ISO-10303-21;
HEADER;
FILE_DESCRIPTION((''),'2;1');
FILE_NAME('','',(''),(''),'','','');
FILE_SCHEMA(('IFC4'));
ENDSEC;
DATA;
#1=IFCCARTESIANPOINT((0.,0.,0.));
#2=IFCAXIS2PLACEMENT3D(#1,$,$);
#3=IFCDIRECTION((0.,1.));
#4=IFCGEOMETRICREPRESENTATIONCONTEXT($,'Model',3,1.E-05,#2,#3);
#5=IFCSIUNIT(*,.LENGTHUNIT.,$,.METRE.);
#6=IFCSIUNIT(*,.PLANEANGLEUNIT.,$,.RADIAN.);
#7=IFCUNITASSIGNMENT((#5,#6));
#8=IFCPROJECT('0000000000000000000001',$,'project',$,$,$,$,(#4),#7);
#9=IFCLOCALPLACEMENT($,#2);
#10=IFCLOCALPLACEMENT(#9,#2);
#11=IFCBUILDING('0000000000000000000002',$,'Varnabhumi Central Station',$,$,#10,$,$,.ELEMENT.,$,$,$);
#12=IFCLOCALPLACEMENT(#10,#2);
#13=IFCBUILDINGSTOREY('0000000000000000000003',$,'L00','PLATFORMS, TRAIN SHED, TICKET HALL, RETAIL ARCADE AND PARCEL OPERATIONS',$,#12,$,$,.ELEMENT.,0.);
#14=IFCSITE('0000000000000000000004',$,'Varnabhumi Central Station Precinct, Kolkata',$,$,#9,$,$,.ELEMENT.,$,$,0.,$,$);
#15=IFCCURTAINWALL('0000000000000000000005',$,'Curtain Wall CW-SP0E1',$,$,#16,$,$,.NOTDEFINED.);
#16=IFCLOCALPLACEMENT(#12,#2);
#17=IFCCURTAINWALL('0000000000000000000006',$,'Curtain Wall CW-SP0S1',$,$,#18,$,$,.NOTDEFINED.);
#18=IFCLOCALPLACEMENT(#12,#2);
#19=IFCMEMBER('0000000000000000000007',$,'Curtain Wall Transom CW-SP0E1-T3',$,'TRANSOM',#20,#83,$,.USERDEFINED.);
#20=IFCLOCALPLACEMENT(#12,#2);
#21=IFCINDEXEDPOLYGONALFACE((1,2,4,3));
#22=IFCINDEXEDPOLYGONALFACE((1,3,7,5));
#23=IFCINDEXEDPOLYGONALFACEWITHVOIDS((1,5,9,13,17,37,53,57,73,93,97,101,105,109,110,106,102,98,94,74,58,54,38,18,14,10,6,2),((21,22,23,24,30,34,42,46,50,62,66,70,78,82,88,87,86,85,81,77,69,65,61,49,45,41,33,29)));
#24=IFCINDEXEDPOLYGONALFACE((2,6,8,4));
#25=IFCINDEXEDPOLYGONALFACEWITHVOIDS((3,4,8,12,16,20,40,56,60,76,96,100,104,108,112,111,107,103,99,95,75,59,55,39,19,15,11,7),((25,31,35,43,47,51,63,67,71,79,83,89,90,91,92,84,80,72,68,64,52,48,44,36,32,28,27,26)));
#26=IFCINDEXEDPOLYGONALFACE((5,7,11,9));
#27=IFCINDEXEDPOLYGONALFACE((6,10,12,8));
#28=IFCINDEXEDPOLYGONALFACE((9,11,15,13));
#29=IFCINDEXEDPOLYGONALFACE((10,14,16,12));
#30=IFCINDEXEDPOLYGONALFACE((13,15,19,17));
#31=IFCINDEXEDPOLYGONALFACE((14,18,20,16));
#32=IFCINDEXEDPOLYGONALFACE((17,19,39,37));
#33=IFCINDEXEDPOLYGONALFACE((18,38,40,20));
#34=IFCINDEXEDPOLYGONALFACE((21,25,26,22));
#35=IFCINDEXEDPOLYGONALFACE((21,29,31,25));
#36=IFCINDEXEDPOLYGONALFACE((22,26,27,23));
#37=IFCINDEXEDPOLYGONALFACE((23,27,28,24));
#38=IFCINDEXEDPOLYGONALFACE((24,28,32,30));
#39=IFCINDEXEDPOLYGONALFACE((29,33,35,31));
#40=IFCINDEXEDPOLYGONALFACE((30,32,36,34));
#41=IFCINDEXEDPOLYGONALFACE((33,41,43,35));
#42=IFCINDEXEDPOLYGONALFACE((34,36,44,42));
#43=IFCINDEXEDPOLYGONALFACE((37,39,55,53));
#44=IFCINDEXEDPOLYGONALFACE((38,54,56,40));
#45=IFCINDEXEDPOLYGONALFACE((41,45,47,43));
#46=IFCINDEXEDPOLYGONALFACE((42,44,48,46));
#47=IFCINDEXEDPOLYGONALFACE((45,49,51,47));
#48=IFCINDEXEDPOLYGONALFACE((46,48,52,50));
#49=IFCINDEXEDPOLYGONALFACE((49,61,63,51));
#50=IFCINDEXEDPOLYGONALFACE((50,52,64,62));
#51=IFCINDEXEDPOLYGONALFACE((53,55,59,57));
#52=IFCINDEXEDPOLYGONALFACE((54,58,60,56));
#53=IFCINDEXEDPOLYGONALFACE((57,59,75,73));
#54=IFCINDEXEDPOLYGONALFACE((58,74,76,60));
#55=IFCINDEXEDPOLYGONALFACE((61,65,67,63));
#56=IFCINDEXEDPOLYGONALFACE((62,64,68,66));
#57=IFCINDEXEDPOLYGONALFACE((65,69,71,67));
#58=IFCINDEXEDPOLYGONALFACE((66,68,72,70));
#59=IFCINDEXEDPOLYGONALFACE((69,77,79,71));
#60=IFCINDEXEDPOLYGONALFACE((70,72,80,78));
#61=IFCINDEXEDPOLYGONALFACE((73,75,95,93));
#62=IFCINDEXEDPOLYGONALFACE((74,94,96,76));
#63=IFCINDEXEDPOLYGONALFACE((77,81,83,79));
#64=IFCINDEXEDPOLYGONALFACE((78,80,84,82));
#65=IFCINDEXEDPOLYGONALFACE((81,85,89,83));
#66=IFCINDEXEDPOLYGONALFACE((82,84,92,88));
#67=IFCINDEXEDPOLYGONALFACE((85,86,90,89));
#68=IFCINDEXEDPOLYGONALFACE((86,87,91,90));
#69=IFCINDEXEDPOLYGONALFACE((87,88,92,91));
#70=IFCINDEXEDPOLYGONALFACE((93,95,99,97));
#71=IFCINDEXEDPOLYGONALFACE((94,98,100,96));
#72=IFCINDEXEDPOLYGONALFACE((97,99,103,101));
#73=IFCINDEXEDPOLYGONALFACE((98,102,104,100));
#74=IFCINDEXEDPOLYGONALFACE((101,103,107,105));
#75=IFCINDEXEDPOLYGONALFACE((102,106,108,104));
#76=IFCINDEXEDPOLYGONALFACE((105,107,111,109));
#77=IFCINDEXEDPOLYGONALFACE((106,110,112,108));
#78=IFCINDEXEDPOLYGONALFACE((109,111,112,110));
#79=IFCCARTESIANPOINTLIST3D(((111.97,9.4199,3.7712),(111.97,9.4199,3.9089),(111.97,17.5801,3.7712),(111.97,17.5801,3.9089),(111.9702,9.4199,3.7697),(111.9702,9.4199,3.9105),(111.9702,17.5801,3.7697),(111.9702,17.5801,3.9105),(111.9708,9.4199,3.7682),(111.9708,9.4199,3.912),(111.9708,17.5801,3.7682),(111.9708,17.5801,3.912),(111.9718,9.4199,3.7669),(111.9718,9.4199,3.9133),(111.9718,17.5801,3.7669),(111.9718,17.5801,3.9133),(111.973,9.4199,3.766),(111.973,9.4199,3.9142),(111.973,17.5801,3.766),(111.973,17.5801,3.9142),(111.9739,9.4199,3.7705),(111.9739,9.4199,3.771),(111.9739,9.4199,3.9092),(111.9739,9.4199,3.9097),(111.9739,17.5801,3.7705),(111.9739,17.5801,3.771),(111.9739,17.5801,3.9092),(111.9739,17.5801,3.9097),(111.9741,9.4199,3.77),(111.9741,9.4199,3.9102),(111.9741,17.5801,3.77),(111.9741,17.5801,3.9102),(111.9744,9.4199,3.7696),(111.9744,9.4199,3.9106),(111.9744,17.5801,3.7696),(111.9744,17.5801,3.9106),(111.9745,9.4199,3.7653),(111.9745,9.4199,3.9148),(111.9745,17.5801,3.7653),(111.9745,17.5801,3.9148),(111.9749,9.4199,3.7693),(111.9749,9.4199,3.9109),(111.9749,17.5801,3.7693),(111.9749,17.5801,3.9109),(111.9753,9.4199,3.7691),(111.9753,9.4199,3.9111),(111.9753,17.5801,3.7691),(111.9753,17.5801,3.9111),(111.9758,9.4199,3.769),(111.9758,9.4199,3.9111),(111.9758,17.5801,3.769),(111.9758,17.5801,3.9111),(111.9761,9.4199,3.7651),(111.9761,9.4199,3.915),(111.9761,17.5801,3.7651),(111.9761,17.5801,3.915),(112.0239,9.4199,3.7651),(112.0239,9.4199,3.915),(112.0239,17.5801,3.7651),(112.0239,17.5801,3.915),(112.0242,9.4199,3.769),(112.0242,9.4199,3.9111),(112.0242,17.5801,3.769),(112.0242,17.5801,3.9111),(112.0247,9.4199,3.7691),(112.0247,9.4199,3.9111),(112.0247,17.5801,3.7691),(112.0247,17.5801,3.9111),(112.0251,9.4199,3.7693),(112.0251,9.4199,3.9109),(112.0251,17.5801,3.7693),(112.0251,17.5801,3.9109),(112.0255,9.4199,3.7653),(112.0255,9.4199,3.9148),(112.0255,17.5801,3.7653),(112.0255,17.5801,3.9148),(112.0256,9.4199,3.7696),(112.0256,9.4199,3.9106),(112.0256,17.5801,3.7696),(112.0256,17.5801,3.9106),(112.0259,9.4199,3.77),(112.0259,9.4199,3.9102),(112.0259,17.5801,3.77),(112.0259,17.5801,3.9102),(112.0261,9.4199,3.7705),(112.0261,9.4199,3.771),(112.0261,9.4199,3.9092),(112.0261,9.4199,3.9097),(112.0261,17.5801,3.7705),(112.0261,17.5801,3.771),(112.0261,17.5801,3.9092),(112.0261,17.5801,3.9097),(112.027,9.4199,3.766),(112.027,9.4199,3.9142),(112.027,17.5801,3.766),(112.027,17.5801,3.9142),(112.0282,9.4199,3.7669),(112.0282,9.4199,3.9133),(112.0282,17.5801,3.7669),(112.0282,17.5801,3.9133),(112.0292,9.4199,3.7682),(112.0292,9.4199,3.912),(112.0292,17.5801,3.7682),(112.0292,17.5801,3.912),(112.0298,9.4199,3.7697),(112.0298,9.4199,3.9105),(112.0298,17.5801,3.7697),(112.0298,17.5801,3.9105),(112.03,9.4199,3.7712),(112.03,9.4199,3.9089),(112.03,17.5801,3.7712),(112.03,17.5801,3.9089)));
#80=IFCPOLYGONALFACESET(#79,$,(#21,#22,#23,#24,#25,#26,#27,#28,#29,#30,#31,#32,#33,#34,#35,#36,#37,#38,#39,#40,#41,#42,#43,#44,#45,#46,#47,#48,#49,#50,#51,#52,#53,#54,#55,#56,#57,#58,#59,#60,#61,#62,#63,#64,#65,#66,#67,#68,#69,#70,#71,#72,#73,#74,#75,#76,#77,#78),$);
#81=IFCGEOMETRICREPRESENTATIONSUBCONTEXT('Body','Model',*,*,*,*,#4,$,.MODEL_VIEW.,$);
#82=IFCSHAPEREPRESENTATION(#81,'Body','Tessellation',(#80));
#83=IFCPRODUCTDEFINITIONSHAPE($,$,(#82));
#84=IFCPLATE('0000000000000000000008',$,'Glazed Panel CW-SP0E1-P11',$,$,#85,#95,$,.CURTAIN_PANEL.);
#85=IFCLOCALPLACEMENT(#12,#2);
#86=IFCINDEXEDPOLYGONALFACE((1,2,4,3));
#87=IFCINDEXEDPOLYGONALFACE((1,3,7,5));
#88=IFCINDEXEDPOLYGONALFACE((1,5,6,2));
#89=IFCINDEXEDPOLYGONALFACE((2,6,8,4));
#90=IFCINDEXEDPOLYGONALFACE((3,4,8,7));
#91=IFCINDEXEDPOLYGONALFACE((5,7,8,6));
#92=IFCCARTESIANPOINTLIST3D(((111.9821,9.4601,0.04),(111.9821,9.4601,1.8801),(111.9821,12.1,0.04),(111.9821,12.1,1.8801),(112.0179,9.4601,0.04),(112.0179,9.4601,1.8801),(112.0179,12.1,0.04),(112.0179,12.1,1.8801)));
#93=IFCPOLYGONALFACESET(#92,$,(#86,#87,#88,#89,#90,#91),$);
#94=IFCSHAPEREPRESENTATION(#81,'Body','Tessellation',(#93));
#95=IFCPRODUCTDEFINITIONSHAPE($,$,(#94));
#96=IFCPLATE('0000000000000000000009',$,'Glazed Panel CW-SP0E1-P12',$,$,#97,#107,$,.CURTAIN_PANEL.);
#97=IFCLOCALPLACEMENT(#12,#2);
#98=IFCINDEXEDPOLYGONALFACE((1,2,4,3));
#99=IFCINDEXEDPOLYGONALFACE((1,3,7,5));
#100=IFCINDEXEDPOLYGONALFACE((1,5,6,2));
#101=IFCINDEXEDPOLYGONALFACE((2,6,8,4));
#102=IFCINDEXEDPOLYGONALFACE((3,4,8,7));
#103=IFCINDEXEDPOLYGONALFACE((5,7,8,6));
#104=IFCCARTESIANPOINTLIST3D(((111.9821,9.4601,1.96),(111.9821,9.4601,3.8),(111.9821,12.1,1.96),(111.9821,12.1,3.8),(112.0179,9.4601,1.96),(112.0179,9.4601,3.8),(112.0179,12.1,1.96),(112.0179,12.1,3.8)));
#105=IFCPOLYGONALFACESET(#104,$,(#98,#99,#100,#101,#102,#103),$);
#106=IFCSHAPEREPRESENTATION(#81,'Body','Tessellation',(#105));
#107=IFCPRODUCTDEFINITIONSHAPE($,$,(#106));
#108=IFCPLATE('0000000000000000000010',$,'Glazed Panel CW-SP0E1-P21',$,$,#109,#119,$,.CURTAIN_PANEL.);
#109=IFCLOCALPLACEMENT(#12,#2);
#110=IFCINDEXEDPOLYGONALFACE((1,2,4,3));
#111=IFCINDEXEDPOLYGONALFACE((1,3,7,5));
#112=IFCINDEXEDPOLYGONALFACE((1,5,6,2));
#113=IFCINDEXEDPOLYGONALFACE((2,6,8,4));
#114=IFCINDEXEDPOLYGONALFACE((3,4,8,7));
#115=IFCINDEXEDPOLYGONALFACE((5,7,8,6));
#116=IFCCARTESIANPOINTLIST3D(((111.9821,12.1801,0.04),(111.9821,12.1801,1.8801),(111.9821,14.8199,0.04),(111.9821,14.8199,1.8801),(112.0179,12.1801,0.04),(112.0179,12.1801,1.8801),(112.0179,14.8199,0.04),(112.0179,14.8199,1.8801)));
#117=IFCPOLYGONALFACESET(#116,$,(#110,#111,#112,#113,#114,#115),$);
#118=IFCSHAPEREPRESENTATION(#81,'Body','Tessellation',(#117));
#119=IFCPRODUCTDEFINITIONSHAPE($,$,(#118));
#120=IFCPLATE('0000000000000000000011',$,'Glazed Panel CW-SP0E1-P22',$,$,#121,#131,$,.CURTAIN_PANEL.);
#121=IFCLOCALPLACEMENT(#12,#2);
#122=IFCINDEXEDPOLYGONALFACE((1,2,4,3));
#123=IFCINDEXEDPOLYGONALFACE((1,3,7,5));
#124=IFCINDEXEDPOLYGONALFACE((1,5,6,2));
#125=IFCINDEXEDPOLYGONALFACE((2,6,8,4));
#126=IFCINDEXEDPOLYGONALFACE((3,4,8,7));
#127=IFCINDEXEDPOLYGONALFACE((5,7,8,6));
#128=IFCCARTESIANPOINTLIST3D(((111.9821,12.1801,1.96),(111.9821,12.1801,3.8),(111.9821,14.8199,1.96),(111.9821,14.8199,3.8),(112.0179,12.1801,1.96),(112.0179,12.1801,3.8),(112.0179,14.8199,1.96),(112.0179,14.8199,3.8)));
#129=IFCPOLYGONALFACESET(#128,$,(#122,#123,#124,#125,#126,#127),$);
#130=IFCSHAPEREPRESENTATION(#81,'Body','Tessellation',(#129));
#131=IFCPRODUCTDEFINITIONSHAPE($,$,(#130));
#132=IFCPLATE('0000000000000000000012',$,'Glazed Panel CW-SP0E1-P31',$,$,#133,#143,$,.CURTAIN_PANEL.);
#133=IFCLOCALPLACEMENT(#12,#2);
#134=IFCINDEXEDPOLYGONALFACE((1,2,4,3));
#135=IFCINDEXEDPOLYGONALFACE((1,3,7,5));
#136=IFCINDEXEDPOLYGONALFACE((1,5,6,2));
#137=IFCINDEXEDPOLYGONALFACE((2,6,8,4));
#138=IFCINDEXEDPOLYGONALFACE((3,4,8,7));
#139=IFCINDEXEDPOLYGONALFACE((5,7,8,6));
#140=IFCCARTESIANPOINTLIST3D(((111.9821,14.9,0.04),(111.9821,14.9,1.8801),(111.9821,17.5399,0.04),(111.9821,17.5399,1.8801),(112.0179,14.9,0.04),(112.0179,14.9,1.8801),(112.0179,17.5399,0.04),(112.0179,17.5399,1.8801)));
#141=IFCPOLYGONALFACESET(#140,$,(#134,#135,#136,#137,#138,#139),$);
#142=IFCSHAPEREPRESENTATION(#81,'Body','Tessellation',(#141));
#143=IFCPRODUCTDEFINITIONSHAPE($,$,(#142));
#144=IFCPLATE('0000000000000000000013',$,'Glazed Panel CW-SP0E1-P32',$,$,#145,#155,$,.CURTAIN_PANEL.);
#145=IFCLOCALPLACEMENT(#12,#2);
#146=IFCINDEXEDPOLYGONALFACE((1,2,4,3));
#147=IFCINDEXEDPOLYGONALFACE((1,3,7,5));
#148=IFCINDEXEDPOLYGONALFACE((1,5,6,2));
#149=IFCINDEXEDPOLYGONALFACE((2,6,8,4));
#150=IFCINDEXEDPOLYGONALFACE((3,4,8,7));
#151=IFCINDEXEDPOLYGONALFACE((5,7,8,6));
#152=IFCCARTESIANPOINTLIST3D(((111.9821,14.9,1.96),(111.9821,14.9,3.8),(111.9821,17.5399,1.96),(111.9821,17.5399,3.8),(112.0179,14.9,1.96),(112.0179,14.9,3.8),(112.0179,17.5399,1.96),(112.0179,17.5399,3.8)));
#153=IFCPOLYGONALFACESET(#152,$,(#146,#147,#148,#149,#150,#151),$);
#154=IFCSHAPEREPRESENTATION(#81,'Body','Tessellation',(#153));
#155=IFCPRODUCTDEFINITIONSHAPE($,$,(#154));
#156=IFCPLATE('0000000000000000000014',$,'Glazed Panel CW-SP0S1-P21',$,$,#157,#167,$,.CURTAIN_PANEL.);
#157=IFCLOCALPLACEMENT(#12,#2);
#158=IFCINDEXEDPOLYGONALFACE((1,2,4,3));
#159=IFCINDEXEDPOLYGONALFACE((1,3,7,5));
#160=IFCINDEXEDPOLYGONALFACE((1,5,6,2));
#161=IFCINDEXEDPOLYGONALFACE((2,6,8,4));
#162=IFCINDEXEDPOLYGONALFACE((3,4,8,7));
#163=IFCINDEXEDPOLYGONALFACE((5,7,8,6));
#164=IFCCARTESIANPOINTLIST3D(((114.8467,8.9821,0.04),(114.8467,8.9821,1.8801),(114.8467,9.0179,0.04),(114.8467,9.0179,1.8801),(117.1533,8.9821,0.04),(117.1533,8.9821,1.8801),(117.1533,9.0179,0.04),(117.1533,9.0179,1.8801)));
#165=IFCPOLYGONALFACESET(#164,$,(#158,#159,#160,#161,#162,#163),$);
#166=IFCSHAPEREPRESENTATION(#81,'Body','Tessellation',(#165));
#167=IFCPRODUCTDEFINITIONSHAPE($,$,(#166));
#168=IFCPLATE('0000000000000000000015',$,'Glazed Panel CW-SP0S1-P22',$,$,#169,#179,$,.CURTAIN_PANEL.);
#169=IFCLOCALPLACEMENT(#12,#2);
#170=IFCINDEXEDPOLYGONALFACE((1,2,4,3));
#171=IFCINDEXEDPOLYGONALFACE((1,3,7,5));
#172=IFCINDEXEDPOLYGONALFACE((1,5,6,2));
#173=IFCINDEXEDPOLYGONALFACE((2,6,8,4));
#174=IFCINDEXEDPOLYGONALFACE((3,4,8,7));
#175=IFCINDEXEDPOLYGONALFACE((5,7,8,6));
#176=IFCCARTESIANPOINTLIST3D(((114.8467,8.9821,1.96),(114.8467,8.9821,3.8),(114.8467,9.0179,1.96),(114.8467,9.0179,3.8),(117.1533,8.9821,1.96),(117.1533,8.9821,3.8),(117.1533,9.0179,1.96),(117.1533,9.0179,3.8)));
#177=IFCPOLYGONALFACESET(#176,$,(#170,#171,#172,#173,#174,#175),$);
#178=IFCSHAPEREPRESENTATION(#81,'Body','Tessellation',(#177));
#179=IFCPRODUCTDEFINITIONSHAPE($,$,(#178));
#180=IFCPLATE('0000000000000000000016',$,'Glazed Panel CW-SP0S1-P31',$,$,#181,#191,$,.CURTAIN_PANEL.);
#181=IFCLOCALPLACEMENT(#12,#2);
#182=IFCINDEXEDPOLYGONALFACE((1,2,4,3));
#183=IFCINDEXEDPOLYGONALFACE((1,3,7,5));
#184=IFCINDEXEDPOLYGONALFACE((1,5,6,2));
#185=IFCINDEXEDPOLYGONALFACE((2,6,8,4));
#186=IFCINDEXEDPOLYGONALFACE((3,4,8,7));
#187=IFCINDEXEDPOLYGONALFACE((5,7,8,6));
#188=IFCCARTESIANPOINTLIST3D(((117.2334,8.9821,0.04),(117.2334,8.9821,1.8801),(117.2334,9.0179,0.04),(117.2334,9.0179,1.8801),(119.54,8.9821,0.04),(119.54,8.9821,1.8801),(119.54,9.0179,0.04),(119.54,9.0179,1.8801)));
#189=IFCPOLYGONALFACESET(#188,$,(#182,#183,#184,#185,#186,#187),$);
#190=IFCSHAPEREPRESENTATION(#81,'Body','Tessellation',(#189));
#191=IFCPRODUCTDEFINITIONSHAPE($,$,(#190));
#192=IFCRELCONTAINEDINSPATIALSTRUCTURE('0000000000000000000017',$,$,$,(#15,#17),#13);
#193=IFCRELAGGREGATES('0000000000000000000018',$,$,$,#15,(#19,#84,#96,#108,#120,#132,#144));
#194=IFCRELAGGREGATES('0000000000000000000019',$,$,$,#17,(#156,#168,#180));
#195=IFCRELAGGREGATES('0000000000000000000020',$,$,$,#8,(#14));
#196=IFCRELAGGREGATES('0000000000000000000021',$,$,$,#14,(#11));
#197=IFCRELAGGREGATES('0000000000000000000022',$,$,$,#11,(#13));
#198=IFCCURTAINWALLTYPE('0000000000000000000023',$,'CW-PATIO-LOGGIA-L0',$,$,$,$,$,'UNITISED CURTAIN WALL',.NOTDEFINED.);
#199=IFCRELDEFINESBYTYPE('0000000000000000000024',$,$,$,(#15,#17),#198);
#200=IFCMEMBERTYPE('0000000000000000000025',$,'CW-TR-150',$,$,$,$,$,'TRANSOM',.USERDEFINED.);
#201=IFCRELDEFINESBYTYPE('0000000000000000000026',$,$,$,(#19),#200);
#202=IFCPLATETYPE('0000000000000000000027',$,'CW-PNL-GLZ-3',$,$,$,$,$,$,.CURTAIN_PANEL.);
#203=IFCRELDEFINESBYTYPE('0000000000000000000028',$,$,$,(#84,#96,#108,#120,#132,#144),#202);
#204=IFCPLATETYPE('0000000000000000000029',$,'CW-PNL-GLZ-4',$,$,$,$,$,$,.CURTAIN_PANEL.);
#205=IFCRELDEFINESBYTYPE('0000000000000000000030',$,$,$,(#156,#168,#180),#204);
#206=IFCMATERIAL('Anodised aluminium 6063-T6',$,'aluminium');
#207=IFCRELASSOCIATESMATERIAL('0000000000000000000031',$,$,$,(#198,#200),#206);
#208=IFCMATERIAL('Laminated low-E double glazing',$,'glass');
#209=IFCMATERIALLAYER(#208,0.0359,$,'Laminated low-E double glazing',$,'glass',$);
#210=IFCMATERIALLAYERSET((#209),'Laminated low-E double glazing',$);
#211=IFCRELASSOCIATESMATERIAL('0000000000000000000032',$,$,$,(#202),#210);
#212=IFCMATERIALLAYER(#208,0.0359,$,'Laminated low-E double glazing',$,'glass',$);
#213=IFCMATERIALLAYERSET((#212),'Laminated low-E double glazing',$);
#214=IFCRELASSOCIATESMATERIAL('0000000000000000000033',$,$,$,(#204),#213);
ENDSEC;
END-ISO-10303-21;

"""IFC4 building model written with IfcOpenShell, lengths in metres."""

from ifc_helpers import new_model, si_unit, direction, frame, origin, origin_2d, place, context, subcontext, project, spatial, rectangle, hollow_rectangle, extrude, material, layer, layer_set, material_profile, profile_set, type_object, element, aggregate, save


model = new_model("IFC4")

# Units and contexts
model_context = context("Model", 3, precision=1e-05, world=origin(), true_north=direction((0.0, 1.0)))
body_context = subcontext(model_context, "Body", "Model", "MODEL_VIEW")
ifc_project = project(units=[si_unit("LENGTHUNIT", "METRE"), si_unit("PLANEANGLEUNIT", "RADIAN")], contexts=[model_context])

# Site, building, storey
site_placement = place(None, origin())
site = spatial("IfcSite", under=ifc_project, at=site_placement, Name="Varnabhumi Central Station Precinct, Kolkata", CompositionType="ELEMENT", RefElevation=0.0)
building_placement = place(site_placement, origin())
building = spatial("IfcBuilding", under=site, at=building_placement, Name="Varnabhumi Central Station", CompositionType="ELEMENT")
storey_placement = place(building_placement, origin())
storey = spatial("IfcBuildingStorey", under=building, at=storey_placement, Name="L00", Description="PLATFORMS, TRAIN SHED, TICKET HALL, RETAIL ARCADE AND PARCEL OPERATIONS", CompositionType="ELEMENT", Elevation=0.0)

# Curtain walls
ifc_material_1 = material(Name="Anodised aluminium 6063-T6", Category="aluminium")
curtain_wall_type = type_object("IfcCurtainWallType", Name="CW-PATIO-LOGGIA-L0", ElementType="UNITISED CURTAIN WALL", PredefinedType="NOTDEFINED", material=ifc_material_1)
curtain_wall_1_placement = place(storey_placement, origin())
curtain_wall_1 = element("IfcCurtainWall", 1, at=curtain_wall_1_placement, inside=storey, type_object=curtain_wall_type, Name="Curtain Wall CW-SP0E1", PredefinedType="NOTDEFINED")
curtain_wall_2_placement = place(storey_placement, origin())
curtain_wall_2 = element("IfcCurtainWall", 2, at=curtain_wall_2_placement, inside=storey, type_object=curtain_wall_type, Name="Curtain Wall CW-SP0S1", PredefinedType="NOTDEFINED")

# Member
ifc_material_profile_1 = material_profile(ifc_material_1, hollow_rectangle(XDim=0.0601, YDim=0.1499, WallThickness=0.0039, InnerFilletRadius=0.002, OuterFilletRadius=0.0061, at=origin_2d()), Name="Anodised aluminium 6063-T6", Category="aluminium")
ifc_profile_set_1 = profile_set([ifc_material_profile_1], Name="Anodised aluminium 6063-T6")
member_type_1 = type_object("IfcMemberType", Name="CW-TR-150", ElementType="TRANSOM", PredefinedType="USERDEFINED", material=ifc_profile_set_1)
member_1_placement = place(storey_placement, frame((112.0, 9.4199, 3.8401), z_axis=(0.0, 1.0, 0.0), x_axis=(-1.0, 0.0, 0.0)))
member_1 = element("IfcMember", 3, at=member_1_placement, type_object=member_type_1, Name="Curtain Wall Transom CW-SP0E1-T3", ObjectType="TRANSOM", PredefinedType="USERDEFINED", context=body_context, shape_type="SweptSolid", body=[
    extrude(hollow_rectangle(XDim=0.0601, YDim=0.1499, WallThickness=0.0039, InnerFilletRadius=0.002, OuterFilletRadius=0.0061, at=origin_2d()), origin(), (0.0, 0.0, 1.0), 8.1602),
])

# Plates
ifc_material_2 = material(Name="Laminated low-E double glazing", Category="glass")
ifc_layer_1 = layer(ifc_material_2, 0.0359, Name="Laminated low-E double glazing", Category="glass")
ifc_layer_set_1 = layer_set([ifc_layer_1], Name="Laminated low-E double glazing")
plate_type_1 = type_object("IfcPlateType", Name="CW-PNL-GLZ-3", PredefinedType="CURTAIN_PANEL", material=ifc_layer_set_1)
plate_1_placement = place(storey_placement, frame((112.0, 10.78, 0.04), z_axis=(0.0, 0.0, 1.0), x_axis=(0.0, 1.0, 0.0)))
plate_1 = element("IfcPlate", 4, at=plate_1_placement, type_object=plate_type_1, Name="Glazed Panel CW-SP0E1-P11", PredefinedType="CURTAIN_PANEL", context=body_context, shape_type="SweptSolid", body=[
    extrude(rectangle(XDim=2.6399, YDim=0.0359, at=origin_2d()), origin(), (0.0, 0.0, 1.0), 1.8401),
])
plate_2_placement = place(storey_placement, frame((112.0, 10.78, 1.96), z_axis=(0.0, 0.0, 1.0), x_axis=(0.0, 1.0, 0.0)))
plate_2 = element("IfcPlate", 5, at=plate_2_placement, type_object=plate_type_1, Name="Glazed Panel CW-SP0E1-P12", PredefinedType="CURTAIN_PANEL", context=body_context, shape_type="SweptSolid", body=[
    extrude(rectangle(XDim=2.6399, YDim=0.0359, at=origin_2d()), origin(), (0.0, 0.0, 1.0), 1.8401),
])
plate_3_placement = place(storey_placement, frame((112.0, 13.5, 0.04), z_axis=(0.0, 0.0, 1.0), x_axis=(0.0, 1.0, 0.0)))
plate_3 = element("IfcPlate", 6, at=plate_3_placement, type_object=plate_type_1, Name="Glazed Panel CW-SP0E1-P21", PredefinedType="CURTAIN_PANEL", context=body_context, shape_type="SweptSolid", body=[
    extrude(rectangle(XDim=2.6399, YDim=0.0359, at=origin_2d()), origin(), (0.0, 0.0, 1.0), 1.8401),
])
plate_4_placement = place(storey_placement, frame((112.0, 13.5, 1.96), z_axis=(0.0, 0.0, 1.0), x_axis=(0.0, 1.0, 0.0)))
plate_4 = element("IfcPlate", 7, at=plate_4_placement, type_object=plate_type_1, Name="Glazed Panel CW-SP0E1-P22", PredefinedType="CURTAIN_PANEL", context=body_context, shape_type="SweptSolid", body=[
    extrude(rectangle(XDim=2.6399, YDim=0.0359, at=origin_2d()), origin(), (0.0, 0.0, 1.0), 1.8401),
])
plate_5_placement = place(storey_placement, frame((112.0, 16.22, 0.04), z_axis=(0.0, 0.0, 1.0), x_axis=(0.0, 1.0, 0.0)))
plate_5 = element("IfcPlate", 8, at=plate_5_placement, type_object=plate_type_1, Name="Glazed Panel CW-SP0E1-P31", PredefinedType="CURTAIN_PANEL", context=body_context, shape_type="SweptSolid", body=[
    extrude(rectangle(XDim=2.6399, YDim=0.0359, at=origin_2d()), origin(), (0.0, 0.0, 1.0), 1.8401),
])
plate_6_placement = place(storey_placement, frame((112.0, 16.22, 1.96), z_axis=(0.0, 0.0, 1.0), x_axis=(0.0, 1.0, 0.0)))
plate_6 = element("IfcPlate", 9, at=plate_6_placement, type_object=plate_type_1, Name="Glazed Panel CW-SP0E1-P32", PredefinedType="CURTAIN_PANEL", context=body_context, shape_type="SweptSolid", body=[
    extrude(rectangle(XDim=2.6399, YDim=0.0359, at=origin_2d()), origin(), (0.0, 0.0, 1.0), 1.8401),
])
aggregate(curtain_wall_1, [member_1, plate_1, plate_2, plate_3, plate_4, plate_5, plate_6])
ifc_layer_2 = layer(ifc_material_2, 0.0359, Name="Laminated low-E double glazing", Category="glass")
ifc_layer_set_2 = layer_set([ifc_layer_2], Name="Laminated low-E double glazing")
plate_type_2 = type_object("IfcPlateType", Name="CW-PNL-GLZ-4", PredefinedType="CURTAIN_PANEL", material=ifc_layer_set_2)
plate_7_placement = place(storey_placement, frame((116.0, 9.0, 0.04), z_axis=(0.0, 0.0, 1.0), x_axis=(1.0, 0.0, 0.0)))
plate_7 = element("IfcPlate", 10, at=plate_7_placement, type_object=plate_type_2, Name="Glazed Panel CW-SP0S1-P21", PredefinedType="CURTAIN_PANEL", context=body_context, shape_type="SweptSolid", body=[
    extrude(rectangle(XDim=2.3066, YDim=0.0359, at=origin_2d()), origin(), (0.0, 0.0, 1.0), 1.8401),
])
plate_8_placement = place(storey_placement, frame((116.0, 9.0, 1.96), z_axis=(0.0, 0.0, 1.0), x_axis=(1.0, 0.0, 0.0)))
plate_8 = element("IfcPlate", 11, at=plate_8_placement, type_object=plate_type_2, Name="Glazed Panel CW-SP0S1-P22", PredefinedType="CURTAIN_PANEL", context=body_context, shape_type="SweptSolid", body=[
    extrude(rectangle(XDim=2.3066, YDim=0.0359, at=origin_2d()), origin(), (0.0, 0.0, 1.0), 1.8401),
])
plate_9_placement = place(storey_placement, frame((118.3867, 9.0, 0.04), z_axis=(0.0, 0.0, 1.0), x_axis=(1.0, 0.0, 0.0)))
plate_9 = element("IfcPlate", 12, at=plate_9_placement, type_object=plate_type_2, Name="Glazed Panel CW-SP0S1-P31", PredefinedType="CURTAIN_PANEL", context=body_context, shape_type="SweptSolid", body=[
    extrude(rectangle(XDim=2.3066, YDim=0.0359, at=origin_2d()), origin(), (0.0, 0.0, 1.0), 1.8401),
])
aggregate(curtain_wall_2, [plate_7, plate_8, plate_9])

save(model, "model.ifc")
